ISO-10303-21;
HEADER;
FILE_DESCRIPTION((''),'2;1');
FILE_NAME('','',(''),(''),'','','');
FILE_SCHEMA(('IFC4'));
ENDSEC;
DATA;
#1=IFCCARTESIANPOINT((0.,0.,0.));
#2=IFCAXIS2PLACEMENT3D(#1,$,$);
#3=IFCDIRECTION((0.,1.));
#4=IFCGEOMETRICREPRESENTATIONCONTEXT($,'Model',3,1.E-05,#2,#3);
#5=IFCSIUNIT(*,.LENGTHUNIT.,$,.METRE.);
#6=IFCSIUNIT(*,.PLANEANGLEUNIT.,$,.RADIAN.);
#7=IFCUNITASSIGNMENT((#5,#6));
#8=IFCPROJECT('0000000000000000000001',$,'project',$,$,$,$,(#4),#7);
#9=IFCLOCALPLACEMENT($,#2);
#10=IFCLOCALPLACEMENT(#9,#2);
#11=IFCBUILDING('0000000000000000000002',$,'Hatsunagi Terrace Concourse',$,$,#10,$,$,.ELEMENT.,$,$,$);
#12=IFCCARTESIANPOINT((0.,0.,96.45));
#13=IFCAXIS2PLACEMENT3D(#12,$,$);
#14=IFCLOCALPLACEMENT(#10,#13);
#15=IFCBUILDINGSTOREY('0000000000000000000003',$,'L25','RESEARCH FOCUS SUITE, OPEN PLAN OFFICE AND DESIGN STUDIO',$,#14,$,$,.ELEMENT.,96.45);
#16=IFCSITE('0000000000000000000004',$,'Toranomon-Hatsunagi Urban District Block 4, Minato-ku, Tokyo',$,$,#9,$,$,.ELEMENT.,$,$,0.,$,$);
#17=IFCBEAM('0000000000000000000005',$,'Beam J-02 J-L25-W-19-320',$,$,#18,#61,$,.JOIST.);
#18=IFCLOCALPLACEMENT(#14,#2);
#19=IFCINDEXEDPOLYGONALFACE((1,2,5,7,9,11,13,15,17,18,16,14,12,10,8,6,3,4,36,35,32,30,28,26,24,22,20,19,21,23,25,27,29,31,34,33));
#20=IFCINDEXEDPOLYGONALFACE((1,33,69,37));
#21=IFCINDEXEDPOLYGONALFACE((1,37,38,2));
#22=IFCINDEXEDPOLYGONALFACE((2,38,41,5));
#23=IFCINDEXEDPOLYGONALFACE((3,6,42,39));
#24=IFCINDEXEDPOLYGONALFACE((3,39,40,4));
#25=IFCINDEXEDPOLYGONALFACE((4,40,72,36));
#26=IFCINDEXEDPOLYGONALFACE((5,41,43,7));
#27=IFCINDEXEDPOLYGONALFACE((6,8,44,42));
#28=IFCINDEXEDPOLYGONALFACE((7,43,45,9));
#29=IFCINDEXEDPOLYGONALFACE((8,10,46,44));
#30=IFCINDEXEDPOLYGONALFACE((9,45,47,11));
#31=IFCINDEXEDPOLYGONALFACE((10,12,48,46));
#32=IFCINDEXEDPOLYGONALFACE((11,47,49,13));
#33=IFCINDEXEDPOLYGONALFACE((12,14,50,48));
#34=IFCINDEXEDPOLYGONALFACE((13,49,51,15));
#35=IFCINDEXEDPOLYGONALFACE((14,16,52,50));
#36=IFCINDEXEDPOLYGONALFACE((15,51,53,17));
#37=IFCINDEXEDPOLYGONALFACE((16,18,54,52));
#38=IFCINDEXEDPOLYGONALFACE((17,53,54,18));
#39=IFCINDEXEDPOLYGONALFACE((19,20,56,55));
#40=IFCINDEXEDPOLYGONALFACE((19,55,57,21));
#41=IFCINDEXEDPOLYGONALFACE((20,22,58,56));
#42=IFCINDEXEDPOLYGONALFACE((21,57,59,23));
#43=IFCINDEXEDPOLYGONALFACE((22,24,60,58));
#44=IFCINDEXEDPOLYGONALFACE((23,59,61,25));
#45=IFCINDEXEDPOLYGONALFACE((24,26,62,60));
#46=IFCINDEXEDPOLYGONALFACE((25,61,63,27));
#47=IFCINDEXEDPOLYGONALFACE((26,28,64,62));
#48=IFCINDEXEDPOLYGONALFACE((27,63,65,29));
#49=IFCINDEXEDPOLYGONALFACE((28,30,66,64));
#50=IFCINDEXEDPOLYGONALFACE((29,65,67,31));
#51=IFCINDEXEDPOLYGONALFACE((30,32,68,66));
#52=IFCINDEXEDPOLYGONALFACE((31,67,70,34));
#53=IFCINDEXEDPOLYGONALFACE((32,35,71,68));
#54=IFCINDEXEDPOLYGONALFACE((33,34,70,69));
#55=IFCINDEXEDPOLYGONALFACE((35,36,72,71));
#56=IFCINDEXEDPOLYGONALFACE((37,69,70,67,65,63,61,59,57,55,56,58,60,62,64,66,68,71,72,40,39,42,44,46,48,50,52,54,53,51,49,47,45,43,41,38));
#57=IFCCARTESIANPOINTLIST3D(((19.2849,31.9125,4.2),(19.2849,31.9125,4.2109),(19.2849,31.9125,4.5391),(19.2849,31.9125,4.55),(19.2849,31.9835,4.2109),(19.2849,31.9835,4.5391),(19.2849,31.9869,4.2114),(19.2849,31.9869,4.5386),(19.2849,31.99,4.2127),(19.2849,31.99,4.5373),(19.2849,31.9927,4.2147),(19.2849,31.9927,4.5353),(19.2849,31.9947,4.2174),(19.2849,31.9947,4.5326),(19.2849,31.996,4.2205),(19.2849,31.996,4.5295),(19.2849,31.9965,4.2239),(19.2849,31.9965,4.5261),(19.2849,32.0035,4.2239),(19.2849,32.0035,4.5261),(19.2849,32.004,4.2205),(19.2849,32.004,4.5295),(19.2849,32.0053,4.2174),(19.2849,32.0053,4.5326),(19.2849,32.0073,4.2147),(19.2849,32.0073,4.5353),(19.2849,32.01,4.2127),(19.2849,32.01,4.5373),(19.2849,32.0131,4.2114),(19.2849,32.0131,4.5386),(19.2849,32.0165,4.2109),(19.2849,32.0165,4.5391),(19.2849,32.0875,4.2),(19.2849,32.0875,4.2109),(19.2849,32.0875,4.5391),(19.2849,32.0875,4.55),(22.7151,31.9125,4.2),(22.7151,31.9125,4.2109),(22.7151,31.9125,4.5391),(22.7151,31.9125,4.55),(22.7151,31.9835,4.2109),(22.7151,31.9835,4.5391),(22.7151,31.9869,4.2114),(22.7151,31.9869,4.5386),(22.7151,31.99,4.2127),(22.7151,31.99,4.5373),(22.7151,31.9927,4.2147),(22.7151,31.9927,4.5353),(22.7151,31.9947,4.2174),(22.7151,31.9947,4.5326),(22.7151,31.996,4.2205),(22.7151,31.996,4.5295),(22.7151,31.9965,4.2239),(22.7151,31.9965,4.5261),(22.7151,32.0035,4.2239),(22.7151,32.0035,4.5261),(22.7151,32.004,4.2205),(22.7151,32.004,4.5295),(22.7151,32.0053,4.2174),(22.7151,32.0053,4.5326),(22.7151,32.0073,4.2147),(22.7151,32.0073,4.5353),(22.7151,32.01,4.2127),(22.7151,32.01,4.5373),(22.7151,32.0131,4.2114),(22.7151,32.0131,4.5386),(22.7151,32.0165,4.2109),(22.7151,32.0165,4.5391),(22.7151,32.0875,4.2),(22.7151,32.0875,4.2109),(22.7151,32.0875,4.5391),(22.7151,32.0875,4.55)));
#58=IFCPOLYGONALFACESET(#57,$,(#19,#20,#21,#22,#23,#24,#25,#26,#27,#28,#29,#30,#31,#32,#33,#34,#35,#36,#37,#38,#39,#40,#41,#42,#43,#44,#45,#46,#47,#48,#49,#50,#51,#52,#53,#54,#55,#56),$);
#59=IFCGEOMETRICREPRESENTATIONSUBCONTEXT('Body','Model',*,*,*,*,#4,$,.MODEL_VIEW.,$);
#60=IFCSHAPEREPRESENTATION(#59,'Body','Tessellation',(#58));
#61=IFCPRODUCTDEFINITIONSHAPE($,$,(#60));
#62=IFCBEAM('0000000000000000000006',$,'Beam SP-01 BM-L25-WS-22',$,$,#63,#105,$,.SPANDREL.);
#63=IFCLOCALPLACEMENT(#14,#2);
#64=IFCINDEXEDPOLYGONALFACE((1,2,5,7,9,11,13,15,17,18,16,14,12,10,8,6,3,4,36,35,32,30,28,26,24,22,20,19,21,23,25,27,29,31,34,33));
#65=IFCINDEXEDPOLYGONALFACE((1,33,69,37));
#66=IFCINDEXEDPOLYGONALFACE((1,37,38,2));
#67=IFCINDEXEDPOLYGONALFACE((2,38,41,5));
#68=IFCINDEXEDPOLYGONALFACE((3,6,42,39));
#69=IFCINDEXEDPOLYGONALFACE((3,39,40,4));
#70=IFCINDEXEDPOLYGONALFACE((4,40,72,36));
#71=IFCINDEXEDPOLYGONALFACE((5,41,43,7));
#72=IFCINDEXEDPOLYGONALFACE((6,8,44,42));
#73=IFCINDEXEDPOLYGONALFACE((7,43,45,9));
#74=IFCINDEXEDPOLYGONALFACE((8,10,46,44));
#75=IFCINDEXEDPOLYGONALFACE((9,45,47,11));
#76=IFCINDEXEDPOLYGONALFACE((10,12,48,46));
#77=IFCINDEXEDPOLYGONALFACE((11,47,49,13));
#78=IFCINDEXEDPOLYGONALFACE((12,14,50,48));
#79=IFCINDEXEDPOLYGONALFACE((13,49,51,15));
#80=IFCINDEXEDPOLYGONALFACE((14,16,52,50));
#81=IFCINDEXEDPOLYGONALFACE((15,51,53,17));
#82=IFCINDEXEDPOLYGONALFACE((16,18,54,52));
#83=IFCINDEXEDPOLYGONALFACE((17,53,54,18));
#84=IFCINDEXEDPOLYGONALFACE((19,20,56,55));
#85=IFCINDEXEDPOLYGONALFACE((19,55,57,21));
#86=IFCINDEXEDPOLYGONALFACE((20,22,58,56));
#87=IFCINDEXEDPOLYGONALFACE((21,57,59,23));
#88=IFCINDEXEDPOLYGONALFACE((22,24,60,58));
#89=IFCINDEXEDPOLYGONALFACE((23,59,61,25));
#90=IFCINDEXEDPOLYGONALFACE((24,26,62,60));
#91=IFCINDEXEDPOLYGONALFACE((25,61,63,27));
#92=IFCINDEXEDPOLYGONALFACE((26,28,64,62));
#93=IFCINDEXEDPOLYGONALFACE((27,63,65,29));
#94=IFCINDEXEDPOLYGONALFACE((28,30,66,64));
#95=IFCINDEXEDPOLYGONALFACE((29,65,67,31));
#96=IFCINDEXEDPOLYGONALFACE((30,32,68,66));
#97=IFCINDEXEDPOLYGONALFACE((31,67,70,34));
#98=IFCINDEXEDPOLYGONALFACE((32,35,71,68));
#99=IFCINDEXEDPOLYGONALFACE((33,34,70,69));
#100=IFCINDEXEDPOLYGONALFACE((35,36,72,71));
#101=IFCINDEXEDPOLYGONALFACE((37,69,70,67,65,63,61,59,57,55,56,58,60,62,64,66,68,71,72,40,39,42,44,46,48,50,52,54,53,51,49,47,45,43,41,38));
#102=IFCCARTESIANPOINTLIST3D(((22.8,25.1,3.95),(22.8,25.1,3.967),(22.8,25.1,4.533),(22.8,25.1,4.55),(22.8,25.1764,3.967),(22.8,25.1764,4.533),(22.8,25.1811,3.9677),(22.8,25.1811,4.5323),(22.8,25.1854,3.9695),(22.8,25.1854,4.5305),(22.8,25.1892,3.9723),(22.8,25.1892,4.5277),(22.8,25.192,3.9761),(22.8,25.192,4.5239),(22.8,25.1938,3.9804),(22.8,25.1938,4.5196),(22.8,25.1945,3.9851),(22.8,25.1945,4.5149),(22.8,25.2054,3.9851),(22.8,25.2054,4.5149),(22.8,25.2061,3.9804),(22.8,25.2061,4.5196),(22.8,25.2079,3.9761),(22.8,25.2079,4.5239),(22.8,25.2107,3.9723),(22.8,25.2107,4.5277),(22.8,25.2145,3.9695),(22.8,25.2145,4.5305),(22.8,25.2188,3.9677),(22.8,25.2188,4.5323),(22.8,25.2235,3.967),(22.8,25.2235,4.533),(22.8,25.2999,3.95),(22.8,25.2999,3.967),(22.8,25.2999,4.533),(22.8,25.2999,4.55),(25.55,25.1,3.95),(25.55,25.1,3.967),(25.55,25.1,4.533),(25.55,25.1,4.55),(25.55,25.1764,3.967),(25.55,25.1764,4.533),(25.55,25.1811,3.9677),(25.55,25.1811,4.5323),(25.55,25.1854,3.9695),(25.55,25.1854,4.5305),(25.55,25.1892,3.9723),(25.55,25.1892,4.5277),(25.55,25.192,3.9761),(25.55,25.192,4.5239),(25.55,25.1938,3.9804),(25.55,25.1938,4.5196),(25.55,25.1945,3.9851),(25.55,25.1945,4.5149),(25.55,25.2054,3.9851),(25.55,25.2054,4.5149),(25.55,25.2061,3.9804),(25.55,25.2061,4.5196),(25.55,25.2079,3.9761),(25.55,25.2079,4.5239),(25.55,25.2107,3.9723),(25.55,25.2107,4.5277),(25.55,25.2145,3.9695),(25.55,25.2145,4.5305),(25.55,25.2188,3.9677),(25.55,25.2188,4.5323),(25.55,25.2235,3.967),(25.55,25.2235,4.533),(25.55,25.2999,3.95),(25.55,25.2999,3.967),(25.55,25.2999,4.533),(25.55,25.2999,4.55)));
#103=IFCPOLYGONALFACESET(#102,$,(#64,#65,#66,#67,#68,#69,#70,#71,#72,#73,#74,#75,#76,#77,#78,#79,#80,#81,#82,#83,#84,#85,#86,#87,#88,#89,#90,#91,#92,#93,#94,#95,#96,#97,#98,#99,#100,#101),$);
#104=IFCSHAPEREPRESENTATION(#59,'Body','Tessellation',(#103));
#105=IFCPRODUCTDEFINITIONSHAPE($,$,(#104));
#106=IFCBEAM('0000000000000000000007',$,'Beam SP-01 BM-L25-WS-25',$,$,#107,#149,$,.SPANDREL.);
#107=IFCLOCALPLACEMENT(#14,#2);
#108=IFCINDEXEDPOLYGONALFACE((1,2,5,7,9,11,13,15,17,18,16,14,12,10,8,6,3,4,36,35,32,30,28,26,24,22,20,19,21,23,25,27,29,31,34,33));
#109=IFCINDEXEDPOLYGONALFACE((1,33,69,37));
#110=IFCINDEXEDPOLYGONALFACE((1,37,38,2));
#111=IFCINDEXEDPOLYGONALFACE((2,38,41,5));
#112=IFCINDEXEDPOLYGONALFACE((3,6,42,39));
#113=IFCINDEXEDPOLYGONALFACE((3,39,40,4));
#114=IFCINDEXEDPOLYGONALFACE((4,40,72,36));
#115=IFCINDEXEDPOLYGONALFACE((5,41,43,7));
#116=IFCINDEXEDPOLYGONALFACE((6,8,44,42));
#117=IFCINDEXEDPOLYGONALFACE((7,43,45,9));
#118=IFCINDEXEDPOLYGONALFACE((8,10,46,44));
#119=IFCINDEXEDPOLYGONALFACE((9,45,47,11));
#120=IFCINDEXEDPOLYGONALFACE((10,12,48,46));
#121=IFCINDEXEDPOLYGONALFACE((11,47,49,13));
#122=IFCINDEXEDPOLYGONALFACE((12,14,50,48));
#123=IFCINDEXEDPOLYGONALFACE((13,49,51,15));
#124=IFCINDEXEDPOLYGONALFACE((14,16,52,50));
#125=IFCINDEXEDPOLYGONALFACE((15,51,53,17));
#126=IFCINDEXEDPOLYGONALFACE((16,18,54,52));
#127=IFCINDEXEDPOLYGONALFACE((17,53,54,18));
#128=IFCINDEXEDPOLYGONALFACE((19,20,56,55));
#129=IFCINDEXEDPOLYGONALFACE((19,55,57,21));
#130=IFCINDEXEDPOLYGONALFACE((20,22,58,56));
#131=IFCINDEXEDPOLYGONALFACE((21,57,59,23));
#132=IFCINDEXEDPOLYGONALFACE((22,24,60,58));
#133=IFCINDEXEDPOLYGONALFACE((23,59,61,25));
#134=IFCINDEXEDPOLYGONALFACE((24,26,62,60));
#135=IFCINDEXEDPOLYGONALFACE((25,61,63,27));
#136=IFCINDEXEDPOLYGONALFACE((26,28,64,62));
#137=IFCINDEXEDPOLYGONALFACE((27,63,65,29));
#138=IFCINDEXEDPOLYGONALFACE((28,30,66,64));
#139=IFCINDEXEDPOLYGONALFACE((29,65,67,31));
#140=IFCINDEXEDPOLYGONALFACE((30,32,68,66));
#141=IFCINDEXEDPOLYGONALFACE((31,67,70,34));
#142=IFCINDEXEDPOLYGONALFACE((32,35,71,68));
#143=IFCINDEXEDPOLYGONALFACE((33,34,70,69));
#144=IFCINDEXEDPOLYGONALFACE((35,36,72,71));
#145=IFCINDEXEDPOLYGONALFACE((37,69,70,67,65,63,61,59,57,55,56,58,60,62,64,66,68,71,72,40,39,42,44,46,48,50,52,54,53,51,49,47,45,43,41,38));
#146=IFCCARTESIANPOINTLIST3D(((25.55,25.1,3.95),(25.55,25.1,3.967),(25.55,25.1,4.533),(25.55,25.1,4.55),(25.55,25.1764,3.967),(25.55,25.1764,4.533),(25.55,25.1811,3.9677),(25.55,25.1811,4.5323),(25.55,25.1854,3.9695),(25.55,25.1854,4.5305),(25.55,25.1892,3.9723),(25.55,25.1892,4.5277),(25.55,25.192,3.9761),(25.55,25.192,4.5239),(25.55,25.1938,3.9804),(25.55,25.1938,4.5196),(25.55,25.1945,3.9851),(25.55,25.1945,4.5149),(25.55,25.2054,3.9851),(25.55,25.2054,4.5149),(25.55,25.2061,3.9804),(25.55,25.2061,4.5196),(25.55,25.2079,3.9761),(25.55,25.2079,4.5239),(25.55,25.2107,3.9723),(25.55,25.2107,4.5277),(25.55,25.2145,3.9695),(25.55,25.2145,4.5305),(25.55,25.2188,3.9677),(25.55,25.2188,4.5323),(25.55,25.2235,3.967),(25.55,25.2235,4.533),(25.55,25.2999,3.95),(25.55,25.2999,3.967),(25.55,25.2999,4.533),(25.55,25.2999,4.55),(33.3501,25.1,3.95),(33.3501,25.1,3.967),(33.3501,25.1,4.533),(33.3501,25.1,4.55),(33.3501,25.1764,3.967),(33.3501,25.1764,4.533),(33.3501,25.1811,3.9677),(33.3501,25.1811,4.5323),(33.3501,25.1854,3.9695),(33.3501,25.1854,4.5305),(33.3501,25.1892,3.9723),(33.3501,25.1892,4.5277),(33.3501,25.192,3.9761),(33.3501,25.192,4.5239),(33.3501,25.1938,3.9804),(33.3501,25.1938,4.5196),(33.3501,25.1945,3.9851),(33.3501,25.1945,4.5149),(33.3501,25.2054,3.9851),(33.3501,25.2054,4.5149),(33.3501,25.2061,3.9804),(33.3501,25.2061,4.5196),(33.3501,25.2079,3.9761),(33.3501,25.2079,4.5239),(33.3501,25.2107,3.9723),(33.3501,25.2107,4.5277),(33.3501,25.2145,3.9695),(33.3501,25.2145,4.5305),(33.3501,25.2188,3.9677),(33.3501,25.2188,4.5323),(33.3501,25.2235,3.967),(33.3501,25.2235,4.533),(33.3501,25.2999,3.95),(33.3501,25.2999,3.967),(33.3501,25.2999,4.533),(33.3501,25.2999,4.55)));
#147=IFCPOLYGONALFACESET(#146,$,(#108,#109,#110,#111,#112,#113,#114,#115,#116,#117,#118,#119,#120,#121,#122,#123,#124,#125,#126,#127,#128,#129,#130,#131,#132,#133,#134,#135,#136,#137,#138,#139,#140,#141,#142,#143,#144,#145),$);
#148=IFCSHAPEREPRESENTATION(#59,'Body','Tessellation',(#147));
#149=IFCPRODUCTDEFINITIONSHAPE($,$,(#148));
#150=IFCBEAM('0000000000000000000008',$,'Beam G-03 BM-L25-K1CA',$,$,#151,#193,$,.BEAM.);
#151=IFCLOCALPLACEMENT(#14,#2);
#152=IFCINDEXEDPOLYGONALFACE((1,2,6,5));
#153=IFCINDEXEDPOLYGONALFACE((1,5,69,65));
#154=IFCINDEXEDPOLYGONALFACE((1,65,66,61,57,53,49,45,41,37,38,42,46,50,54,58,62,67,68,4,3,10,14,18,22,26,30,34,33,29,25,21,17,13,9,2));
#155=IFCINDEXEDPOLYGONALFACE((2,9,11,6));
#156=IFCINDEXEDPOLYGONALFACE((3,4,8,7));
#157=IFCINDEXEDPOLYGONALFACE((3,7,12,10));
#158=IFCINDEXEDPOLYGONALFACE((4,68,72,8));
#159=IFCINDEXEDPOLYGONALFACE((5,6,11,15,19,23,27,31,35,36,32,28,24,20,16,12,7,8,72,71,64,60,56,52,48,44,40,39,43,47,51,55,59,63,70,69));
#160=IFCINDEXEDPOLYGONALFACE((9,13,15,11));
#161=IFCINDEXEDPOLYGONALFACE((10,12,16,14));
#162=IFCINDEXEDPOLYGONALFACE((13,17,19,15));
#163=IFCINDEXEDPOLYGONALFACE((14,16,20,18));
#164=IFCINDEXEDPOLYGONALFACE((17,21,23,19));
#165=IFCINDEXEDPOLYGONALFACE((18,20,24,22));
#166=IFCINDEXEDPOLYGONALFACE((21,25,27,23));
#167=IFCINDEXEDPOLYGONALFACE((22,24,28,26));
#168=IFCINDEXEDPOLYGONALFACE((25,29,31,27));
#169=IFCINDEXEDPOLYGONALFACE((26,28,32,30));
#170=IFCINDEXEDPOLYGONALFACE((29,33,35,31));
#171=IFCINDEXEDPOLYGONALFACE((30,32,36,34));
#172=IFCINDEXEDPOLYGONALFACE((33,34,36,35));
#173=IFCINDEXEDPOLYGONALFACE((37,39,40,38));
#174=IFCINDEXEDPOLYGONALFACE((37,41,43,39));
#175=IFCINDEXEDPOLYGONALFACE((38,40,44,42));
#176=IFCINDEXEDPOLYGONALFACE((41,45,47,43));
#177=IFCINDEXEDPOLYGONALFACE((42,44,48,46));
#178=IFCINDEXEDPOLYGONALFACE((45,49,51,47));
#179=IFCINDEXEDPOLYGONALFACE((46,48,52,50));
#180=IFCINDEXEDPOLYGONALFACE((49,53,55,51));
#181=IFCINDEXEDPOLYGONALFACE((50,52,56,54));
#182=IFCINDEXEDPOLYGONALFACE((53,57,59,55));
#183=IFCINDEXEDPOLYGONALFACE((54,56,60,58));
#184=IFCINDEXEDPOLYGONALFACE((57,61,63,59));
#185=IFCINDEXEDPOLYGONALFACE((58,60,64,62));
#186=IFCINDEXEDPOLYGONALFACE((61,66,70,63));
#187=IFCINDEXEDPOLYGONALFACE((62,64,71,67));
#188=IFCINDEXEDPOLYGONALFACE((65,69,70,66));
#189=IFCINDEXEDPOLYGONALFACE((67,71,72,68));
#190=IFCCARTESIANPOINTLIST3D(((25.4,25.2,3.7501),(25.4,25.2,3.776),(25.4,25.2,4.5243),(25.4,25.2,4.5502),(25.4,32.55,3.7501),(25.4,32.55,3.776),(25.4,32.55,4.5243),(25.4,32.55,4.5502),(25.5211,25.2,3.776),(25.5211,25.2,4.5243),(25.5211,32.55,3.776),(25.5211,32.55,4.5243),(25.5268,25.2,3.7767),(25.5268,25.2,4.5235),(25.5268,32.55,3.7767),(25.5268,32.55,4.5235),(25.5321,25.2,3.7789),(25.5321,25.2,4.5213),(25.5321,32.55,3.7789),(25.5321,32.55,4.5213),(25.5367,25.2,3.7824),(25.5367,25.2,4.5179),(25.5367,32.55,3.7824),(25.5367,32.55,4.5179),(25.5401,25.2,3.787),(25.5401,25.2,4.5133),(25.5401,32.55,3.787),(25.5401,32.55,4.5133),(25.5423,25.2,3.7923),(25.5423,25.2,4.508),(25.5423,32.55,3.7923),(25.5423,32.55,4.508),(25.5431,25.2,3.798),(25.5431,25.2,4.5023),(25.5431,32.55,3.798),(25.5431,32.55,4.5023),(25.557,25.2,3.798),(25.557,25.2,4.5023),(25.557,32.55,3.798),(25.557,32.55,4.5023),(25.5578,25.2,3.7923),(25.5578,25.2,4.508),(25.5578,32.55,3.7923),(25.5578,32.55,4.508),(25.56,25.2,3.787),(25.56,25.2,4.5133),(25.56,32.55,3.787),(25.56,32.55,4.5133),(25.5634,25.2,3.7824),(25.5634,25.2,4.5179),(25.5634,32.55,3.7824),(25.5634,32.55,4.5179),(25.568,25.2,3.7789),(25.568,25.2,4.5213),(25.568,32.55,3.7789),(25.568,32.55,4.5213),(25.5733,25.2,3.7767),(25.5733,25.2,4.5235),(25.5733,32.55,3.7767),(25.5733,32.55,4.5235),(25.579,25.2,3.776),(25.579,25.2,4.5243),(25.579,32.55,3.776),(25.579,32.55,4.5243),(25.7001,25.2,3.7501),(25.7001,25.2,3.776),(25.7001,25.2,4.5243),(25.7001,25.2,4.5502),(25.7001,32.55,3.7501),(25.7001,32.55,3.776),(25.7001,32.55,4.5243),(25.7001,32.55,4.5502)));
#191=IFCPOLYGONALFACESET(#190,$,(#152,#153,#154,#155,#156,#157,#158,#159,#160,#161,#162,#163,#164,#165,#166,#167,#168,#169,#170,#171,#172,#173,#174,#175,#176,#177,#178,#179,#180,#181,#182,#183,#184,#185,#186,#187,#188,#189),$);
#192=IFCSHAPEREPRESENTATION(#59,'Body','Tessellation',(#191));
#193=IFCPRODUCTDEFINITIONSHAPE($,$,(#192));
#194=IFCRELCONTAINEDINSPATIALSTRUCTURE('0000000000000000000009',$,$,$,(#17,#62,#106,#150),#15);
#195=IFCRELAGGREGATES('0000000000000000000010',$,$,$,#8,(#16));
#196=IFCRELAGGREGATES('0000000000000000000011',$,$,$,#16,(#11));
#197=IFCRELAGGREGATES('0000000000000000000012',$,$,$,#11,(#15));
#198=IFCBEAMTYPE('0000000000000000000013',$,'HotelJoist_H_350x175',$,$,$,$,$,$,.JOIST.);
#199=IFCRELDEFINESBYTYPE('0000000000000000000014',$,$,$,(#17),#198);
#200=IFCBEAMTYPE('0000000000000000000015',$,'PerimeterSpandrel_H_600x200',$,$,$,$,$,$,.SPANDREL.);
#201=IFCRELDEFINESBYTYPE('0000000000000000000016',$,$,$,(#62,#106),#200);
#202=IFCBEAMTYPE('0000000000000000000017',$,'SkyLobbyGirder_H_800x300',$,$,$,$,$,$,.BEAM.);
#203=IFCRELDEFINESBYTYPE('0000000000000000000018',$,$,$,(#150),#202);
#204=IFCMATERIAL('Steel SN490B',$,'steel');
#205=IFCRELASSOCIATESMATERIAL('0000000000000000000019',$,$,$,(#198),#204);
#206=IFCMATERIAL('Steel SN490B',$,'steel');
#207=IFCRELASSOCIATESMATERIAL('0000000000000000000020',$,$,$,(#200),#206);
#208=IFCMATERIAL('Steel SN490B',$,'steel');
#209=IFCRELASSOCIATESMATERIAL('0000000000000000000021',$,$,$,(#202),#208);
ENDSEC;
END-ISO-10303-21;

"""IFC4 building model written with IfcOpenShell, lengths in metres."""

from ifc_helpers import new_model, si_unit, direction, frame, origin, origin_2d, place, context, subcontext, project, spatial, i_section, extrude, material, material_profile, profile_set, type_object, element, save


model = new_model("IFC4")

# Units and contexts
model_context = context("Model", 3, precision=1e-05, world=origin(), true_north=direction((0.0, 1.0)))
body_context = subcontext(model_context, "Body", "Model", "MODEL_VIEW")
ifc_project = project(units=[si_unit("LENGTHUNIT", "METRE"), si_unit("PLANEANGLEUNIT", "RADIAN")], contexts=[model_context])

# Site, building, storey
site_placement = place(None, origin())
site = spatial("IfcSite", under=ifc_project, at=site_placement, Name="Toranomon-Hatsunagi Urban District Block 4, Minato-ku, Tokyo", CompositionType="ELEMENT", RefElevation=0.0)
building_placement = place(site_placement, origin())
building = spatial("IfcBuilding", under=site, at=building_placement, Name="Hatsunagi Terrace Concourse", CompositionType="ELEMENT")
storey_placement = place(building_placement, frame((0.0, 0.0, 96.45)))
storey = spatial("IfcBuildingStorey", under=building, at=storey_placement, Name="L25", Description="RESEARCH FOCUS SUITE, OPEN PLAN OFFICE AND DESIGN STUDIO", CompositionType="ELEMENT", Elevation=96.45)

# Beams
ifc_material_1 = material(Name="Steel SN490B", Category="steel")
ifc_material_profile_1 = material_profile(ifc_material_1, i_section(OverallWidth=0.175, OverallDepth=0.3501, WebThickness=0.0071, FlangeThickness=0.011, FilletRadius=0.0129, at=origin_2d()), Name="H-350x175x7x11")
ifc_profile_set_1 = profile_set([ifc_material_profile_1], Name="Steel SN490B")
beam_type_1 = type_object("IfcBeamType", Name="HotelJoist_H_350x175", PredefinedType="JOIST", material=ifc_profile_set_1)
for number, where, z_axis, x_axis, name in (
    (1, (19.2849, 32.0, 4.375), (1.0, 0.0, 0.0), (0.0, 1.0, 0.0), "Beam J-02 J-L25-W-19-320"),
):
    element("IfcBeam", number, at=place(storey_placement, frame(where, z_axis=z_axis, x_axis=x_axis)), inside=storey, type_object=beam_type_1, Name=name, PredefinedType="JOIST", context=body_context, shape_type="SweptSolid", body=[
        extrude(i_section(OverallWidth=0.175, OverallDepth=0.3501, WebThickness=0.0071, FlangeThickness=0.011, FilletRadius=0.0129, at=origin_2d()), origin(), (0.0, 0.0, 1.0), 3.4302),
    ])
ifc_material_2 = material(Name="Steel SN490B", Category="steel")
ifc_material_profile_2 = material_profile(ifc_material_2, i_section(OverallWidth=0.2, OverallDepth=0.6001, WebThickness=0.011, FlangeThickness=0.0171, FilletRadius=0.0181, at=origin_2d()), Name="H-600x200x11x17")
ifc_profile_set_2 = profile_set([ifc_material_profile_2], Name="Steel SN490B")
beam_type_2 = type_object("IfcBeamType", Name="PerimeterSpandrel_H_600x200", PredefinedType="SPANDREL", material=ifc_profile_set_2)
beam_1_placement = place(storey_placement, frame((22.8, 25.2, 4.25), z_axis=(1.0, 0.0, 0.0), x_axis=(0.0, 1.0, 0.0)))
element("IfcBeam", 2, at=beam_1_placement, inside=storey, type_object=beam_type_2, Name="Beam SP-01 BM-L25-WS-22", PredefinedType="SPANDREL", context=body_context, shape_type="SweptSolid", body=[
    extrude(i_section(OverallWidth=0.2, OverallDepth=0.6001, WebThickness=0.011, FlangeThickness=0.0171, FilletRadius=0.0181, at=origin_2d()), origin(), (0.0, 0.0, 1.0), 2.75),
])
beam_2_placement = place(storey_placement, frame((25.55, 25.2, 4.25), z_axis=(1.0, 0.0, 0.0), x_axis=(0.0, 1.0, 0.0)))
element("IfcBeam", 3, at=beam_2_placement, inside=storey, type_object=beam_type_2, Name="Beam SP-01 BM-L25-WS-25", PredefinedType="SPANDREL", context=body_context, shape_type="SweptSolid", body=[
    extrude(i_section(OverallWidth=0.2, OverallDepth=0.6001, WebThickness=0.011, FlangeThickness=0.0171, FilletRadius=0.0181, at=origin_2d()), origin(), (0.0, 0.0, 1.0), 7.8),
])
ifc_material_3 = material(Name="Steel SN490B", Category="steel")
ifc_material_profile_3 = material_profile(ifc_material_3, i_section(OverallWidth=0.3, OverallDepth=0.8, WebThickness=0.0139, FlangeThickness=0.0259, FilletRadius=0.022, at=origin_2d()), Name="H-800x300x14x26")
ifc_profile_set_3 = profile_set([ifc_material_profile_3], Name="Steel SN490B")
beam_type_3 = type_object("IfcBeamType", Name="SkyLobbyGirder_H_800x300", PredefinedType="BEAM", material=ifc_profile_set_3)
beam_3_placement = place(storey_placement, frame((25.55, 25.2, 4.1501), z_axis=(0.0, 1.0, 0.0), x_axis=(-1.0, 0.0, 0.0)))
element("IfcBeam", 4, at=beam_3_placement, inside=storey, type_object=beam_type_3, Name="Beam G-03 BM-L25-K1CA", PredefinedType="BEAM", context=body_context, shape_type="SweptSolid", body=[
    extrude(i_section(OverallWidth=0.3, OverallDepth=0.8, WebThickness=0.0139, FlangeThickness=0.0259, FilletRadius=0.022, at=origin_2d()), origin(), (0.0, 0.0, 1.0), 7.3501),
])

save(model, "model.ifc")
